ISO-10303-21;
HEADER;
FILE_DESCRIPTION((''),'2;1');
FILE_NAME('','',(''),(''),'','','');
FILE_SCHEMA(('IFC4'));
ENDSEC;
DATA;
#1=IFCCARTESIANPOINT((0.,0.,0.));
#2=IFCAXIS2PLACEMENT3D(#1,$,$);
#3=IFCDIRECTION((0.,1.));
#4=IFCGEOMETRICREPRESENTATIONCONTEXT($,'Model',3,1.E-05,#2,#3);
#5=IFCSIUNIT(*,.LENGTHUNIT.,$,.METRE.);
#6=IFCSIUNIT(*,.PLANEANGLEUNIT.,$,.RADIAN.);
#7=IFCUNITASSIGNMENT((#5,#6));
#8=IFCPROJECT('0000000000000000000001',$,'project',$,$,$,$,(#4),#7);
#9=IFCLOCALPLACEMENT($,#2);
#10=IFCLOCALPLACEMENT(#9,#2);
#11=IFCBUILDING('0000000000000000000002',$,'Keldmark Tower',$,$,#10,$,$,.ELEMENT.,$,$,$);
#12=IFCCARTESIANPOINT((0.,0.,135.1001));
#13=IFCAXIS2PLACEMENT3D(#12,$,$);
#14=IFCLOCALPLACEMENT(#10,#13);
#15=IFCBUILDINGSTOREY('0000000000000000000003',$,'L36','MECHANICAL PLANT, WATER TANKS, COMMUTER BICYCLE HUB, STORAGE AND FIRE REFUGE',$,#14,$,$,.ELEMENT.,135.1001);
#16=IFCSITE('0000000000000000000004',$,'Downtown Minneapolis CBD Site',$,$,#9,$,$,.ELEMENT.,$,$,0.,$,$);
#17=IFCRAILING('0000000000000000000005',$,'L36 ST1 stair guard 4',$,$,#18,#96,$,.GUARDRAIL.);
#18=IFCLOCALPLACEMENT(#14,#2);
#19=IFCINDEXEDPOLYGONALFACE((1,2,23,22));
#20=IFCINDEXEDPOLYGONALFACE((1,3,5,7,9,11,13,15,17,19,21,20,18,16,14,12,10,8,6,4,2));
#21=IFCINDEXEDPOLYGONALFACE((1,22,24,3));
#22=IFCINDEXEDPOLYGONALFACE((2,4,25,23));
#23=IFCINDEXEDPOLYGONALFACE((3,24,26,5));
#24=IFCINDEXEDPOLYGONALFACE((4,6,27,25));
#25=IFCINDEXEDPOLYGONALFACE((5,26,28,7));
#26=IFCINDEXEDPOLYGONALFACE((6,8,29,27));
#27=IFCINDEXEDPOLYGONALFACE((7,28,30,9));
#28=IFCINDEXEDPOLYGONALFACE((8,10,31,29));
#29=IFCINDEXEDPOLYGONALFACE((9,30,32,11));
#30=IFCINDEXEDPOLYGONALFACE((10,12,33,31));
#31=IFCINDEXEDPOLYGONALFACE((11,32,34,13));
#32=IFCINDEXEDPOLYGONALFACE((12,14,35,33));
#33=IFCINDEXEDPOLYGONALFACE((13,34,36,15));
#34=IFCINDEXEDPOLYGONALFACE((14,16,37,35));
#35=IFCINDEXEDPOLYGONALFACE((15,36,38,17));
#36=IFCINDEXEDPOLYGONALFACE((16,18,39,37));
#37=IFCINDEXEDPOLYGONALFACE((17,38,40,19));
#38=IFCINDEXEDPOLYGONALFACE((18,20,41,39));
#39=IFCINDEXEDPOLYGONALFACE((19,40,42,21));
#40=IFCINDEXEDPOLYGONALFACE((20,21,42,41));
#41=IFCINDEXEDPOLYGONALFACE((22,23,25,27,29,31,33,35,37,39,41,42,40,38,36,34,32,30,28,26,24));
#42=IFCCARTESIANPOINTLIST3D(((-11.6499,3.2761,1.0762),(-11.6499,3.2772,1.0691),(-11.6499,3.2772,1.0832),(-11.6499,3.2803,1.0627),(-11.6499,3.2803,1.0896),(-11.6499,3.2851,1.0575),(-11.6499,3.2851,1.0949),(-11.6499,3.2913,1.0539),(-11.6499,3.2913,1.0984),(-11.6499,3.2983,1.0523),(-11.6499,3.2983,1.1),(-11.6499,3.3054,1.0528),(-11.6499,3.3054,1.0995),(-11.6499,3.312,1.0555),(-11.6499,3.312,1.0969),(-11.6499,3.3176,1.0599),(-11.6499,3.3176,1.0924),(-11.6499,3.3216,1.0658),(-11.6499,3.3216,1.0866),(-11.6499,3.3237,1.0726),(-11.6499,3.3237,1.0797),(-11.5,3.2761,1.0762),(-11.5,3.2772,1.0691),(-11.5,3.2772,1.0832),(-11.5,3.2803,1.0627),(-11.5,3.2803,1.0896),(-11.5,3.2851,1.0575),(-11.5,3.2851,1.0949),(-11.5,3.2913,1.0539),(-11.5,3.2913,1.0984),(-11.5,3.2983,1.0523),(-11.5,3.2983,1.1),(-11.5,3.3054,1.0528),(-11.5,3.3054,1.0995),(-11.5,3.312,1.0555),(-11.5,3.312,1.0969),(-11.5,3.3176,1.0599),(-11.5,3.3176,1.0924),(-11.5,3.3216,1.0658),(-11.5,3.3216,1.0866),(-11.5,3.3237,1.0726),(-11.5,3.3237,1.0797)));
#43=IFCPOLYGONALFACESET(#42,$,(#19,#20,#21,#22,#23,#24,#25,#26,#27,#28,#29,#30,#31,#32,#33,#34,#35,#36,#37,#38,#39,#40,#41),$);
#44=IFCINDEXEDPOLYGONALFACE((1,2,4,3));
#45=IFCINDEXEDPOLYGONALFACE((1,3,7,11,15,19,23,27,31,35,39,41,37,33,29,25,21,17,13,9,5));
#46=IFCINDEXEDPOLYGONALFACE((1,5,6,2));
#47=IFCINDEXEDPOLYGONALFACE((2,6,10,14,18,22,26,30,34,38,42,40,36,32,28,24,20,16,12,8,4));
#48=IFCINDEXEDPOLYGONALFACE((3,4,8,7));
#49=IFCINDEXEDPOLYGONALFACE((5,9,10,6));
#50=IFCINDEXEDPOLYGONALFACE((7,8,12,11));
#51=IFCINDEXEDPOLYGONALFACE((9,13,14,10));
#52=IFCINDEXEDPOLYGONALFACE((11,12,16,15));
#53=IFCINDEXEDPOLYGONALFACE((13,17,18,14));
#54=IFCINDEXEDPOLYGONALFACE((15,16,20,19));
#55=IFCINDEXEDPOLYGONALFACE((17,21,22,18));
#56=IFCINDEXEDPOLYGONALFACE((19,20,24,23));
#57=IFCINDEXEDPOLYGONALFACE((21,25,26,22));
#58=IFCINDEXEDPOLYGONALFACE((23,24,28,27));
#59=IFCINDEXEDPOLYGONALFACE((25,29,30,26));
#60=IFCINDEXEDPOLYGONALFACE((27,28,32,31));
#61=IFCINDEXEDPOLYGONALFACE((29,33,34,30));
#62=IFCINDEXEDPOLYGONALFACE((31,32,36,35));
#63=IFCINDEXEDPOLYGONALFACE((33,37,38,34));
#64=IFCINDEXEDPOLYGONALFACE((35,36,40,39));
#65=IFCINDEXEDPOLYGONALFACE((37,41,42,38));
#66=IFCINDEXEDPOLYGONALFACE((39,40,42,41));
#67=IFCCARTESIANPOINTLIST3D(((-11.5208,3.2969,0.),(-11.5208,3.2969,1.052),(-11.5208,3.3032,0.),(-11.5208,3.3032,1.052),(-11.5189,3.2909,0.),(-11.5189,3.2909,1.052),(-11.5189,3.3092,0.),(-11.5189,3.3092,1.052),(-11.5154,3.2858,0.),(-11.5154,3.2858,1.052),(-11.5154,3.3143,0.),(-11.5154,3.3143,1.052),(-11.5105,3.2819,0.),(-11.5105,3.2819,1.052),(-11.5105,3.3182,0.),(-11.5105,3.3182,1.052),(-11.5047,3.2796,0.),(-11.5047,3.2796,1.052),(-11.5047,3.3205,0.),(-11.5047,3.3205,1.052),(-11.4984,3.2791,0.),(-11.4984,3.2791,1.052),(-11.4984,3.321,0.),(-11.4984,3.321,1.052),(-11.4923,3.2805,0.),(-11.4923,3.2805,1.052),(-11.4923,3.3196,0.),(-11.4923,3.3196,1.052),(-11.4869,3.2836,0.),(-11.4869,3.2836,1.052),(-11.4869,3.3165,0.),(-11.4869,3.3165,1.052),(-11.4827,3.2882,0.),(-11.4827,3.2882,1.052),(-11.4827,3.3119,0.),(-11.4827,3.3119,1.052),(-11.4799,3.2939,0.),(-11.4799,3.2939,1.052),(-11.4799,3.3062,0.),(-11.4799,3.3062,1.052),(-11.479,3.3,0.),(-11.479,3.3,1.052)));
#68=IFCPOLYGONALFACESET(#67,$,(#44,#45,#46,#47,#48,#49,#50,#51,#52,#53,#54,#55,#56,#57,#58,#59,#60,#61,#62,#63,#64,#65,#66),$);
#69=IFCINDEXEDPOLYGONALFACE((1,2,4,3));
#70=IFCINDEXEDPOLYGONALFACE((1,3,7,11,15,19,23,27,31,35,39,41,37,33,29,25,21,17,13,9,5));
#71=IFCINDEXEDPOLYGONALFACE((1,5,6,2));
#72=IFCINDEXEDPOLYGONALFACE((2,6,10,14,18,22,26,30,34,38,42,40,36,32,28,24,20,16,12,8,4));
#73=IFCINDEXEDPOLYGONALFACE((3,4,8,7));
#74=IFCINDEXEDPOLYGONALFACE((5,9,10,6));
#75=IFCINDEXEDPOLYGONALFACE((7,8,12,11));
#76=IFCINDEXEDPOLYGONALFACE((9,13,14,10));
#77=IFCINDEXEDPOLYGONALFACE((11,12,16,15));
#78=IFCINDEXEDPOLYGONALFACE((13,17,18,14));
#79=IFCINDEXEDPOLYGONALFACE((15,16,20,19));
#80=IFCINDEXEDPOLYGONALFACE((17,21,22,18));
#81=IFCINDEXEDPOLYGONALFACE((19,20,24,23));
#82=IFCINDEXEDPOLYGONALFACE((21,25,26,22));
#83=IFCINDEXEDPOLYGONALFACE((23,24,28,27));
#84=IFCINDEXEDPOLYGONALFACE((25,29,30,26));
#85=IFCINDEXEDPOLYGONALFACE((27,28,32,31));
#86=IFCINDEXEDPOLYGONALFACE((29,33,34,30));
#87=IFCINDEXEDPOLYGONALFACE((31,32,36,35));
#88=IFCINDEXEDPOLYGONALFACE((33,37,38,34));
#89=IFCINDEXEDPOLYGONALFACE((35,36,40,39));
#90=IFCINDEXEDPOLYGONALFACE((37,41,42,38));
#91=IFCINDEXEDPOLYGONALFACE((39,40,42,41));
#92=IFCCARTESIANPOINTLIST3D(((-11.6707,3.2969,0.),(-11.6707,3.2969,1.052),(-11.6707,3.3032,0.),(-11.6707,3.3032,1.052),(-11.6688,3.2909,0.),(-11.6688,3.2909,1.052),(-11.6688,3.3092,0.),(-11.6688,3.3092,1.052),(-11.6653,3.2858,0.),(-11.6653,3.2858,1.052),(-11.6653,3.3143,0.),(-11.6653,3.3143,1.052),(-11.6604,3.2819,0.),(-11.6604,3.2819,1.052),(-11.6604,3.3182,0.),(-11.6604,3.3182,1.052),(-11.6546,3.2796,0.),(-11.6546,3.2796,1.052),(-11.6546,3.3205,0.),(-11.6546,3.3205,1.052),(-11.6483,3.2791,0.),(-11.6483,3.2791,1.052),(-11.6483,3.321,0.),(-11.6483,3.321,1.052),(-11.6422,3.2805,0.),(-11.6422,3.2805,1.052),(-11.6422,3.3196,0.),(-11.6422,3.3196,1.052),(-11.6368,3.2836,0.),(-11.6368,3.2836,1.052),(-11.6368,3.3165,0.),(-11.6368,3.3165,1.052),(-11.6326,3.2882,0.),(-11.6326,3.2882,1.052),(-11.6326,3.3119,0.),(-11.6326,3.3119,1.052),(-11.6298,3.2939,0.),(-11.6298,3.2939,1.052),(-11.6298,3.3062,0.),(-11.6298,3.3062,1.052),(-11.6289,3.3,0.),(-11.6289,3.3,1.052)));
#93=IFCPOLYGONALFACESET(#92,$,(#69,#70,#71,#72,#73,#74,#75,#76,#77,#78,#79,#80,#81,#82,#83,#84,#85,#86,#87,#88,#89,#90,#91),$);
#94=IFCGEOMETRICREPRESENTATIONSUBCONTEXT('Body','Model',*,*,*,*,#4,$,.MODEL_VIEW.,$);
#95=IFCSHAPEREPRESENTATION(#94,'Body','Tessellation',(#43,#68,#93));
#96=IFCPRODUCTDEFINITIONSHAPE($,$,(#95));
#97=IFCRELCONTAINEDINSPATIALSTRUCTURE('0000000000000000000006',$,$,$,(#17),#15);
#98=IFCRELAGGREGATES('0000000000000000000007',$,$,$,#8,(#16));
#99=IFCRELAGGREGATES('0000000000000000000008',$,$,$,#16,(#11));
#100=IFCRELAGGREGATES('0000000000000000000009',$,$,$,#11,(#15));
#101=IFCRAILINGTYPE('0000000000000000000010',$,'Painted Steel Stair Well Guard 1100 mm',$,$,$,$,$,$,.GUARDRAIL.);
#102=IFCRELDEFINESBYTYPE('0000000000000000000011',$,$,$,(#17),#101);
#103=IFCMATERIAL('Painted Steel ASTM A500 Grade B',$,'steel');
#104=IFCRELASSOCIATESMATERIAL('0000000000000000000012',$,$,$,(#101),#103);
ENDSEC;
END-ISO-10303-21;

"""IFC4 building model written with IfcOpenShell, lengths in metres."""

from ifc_helpers import new_model, si_unit, direction, frame, origin, origin_2d, place, context, subcontext, project, spatial, circle, extrude, material, type_object, element, save


model = new_model("IFC4")

# Units and contexts
model_context = context("Model", 3, precision=1e-05, world=origin(), true_north=direction((0.0, 1.0)))
body_context = subcontext(model_context, "Body", "Model", "MODEL_VIEW")
ifc_project = project(units=[si_unit("LENGTHUNIT", "METRE"), si_unit("PLANEANGLEUNIT", "RADIAN")], contexts=[model_context])

# Site, building, storey
site_placement = place(None, origin())
site = spatial("IfcSite", under=ifc_project, at=site_placement, Name="Downtown Minneapolis CBD Site", CompositionType="ELEMENT", RefElevation=0.0)
building_placement = place(site_placement, origin())
building = spatial("IfcBuilding", under=site, at=building_placement, Name="Keldmark Tower", CompositionType="ELEMENT")
storey_placement = place(building_placement, frame((0.0, 0.0, 135.1001)))
storey = spatial("IfcBuildingStorey", under=building, at=storey_placement, Name="L36", Description="MECHANICAL PLANT, WATER TANKS, COMMUTER BICYCLE HUB, STORAGE AND FIRE REFUGE", CompositionType="ELEMENT", Elevation=135.1001)

# Railing
ifc_material_1 = material(Name="Painted Steel ASTM A500 Grade B", Category="steel")
railing_type_1 = type_object("IfcRailingType", Name="Painted Steel Stair Well Guard 1100 mm", PredefinedType="GUARDRAIL", material=ifc_material_1)
railing_1_placement = place(storey_placement, frame((-11.5, 3.3, 0.0)))
element("IfcRailing", 1, at=railing_1_placement, inside=storey, type_object=railing_type_1, Name="L36 ST1 stair guard 4", PredefinedType="GUARDRAIL", context=body_context, shape_type="SweptSolid", body=[
    extrude(circle(Radius=0.0239, at=origin_2d()), frame((0.0, 0.0, 1.0762), z_axis=(-1.0, 0.0, 0.0), x_axis=(0.0, -1.0, 0.0)), (0.0, 0.0, 1.0), 0.1499),
    extrude(circle(Radius=0.021, at=origin_2d()), origin(), (0.0, 0.0, 1.0), 1.052),
    extrude(circle(Radius=0.021, at=origin_2d()), frame((-0.1499, 0.0, 0.0)), (0.0, 0.0, 1.0), 1.052),
])

save(model, "model.ifc")
